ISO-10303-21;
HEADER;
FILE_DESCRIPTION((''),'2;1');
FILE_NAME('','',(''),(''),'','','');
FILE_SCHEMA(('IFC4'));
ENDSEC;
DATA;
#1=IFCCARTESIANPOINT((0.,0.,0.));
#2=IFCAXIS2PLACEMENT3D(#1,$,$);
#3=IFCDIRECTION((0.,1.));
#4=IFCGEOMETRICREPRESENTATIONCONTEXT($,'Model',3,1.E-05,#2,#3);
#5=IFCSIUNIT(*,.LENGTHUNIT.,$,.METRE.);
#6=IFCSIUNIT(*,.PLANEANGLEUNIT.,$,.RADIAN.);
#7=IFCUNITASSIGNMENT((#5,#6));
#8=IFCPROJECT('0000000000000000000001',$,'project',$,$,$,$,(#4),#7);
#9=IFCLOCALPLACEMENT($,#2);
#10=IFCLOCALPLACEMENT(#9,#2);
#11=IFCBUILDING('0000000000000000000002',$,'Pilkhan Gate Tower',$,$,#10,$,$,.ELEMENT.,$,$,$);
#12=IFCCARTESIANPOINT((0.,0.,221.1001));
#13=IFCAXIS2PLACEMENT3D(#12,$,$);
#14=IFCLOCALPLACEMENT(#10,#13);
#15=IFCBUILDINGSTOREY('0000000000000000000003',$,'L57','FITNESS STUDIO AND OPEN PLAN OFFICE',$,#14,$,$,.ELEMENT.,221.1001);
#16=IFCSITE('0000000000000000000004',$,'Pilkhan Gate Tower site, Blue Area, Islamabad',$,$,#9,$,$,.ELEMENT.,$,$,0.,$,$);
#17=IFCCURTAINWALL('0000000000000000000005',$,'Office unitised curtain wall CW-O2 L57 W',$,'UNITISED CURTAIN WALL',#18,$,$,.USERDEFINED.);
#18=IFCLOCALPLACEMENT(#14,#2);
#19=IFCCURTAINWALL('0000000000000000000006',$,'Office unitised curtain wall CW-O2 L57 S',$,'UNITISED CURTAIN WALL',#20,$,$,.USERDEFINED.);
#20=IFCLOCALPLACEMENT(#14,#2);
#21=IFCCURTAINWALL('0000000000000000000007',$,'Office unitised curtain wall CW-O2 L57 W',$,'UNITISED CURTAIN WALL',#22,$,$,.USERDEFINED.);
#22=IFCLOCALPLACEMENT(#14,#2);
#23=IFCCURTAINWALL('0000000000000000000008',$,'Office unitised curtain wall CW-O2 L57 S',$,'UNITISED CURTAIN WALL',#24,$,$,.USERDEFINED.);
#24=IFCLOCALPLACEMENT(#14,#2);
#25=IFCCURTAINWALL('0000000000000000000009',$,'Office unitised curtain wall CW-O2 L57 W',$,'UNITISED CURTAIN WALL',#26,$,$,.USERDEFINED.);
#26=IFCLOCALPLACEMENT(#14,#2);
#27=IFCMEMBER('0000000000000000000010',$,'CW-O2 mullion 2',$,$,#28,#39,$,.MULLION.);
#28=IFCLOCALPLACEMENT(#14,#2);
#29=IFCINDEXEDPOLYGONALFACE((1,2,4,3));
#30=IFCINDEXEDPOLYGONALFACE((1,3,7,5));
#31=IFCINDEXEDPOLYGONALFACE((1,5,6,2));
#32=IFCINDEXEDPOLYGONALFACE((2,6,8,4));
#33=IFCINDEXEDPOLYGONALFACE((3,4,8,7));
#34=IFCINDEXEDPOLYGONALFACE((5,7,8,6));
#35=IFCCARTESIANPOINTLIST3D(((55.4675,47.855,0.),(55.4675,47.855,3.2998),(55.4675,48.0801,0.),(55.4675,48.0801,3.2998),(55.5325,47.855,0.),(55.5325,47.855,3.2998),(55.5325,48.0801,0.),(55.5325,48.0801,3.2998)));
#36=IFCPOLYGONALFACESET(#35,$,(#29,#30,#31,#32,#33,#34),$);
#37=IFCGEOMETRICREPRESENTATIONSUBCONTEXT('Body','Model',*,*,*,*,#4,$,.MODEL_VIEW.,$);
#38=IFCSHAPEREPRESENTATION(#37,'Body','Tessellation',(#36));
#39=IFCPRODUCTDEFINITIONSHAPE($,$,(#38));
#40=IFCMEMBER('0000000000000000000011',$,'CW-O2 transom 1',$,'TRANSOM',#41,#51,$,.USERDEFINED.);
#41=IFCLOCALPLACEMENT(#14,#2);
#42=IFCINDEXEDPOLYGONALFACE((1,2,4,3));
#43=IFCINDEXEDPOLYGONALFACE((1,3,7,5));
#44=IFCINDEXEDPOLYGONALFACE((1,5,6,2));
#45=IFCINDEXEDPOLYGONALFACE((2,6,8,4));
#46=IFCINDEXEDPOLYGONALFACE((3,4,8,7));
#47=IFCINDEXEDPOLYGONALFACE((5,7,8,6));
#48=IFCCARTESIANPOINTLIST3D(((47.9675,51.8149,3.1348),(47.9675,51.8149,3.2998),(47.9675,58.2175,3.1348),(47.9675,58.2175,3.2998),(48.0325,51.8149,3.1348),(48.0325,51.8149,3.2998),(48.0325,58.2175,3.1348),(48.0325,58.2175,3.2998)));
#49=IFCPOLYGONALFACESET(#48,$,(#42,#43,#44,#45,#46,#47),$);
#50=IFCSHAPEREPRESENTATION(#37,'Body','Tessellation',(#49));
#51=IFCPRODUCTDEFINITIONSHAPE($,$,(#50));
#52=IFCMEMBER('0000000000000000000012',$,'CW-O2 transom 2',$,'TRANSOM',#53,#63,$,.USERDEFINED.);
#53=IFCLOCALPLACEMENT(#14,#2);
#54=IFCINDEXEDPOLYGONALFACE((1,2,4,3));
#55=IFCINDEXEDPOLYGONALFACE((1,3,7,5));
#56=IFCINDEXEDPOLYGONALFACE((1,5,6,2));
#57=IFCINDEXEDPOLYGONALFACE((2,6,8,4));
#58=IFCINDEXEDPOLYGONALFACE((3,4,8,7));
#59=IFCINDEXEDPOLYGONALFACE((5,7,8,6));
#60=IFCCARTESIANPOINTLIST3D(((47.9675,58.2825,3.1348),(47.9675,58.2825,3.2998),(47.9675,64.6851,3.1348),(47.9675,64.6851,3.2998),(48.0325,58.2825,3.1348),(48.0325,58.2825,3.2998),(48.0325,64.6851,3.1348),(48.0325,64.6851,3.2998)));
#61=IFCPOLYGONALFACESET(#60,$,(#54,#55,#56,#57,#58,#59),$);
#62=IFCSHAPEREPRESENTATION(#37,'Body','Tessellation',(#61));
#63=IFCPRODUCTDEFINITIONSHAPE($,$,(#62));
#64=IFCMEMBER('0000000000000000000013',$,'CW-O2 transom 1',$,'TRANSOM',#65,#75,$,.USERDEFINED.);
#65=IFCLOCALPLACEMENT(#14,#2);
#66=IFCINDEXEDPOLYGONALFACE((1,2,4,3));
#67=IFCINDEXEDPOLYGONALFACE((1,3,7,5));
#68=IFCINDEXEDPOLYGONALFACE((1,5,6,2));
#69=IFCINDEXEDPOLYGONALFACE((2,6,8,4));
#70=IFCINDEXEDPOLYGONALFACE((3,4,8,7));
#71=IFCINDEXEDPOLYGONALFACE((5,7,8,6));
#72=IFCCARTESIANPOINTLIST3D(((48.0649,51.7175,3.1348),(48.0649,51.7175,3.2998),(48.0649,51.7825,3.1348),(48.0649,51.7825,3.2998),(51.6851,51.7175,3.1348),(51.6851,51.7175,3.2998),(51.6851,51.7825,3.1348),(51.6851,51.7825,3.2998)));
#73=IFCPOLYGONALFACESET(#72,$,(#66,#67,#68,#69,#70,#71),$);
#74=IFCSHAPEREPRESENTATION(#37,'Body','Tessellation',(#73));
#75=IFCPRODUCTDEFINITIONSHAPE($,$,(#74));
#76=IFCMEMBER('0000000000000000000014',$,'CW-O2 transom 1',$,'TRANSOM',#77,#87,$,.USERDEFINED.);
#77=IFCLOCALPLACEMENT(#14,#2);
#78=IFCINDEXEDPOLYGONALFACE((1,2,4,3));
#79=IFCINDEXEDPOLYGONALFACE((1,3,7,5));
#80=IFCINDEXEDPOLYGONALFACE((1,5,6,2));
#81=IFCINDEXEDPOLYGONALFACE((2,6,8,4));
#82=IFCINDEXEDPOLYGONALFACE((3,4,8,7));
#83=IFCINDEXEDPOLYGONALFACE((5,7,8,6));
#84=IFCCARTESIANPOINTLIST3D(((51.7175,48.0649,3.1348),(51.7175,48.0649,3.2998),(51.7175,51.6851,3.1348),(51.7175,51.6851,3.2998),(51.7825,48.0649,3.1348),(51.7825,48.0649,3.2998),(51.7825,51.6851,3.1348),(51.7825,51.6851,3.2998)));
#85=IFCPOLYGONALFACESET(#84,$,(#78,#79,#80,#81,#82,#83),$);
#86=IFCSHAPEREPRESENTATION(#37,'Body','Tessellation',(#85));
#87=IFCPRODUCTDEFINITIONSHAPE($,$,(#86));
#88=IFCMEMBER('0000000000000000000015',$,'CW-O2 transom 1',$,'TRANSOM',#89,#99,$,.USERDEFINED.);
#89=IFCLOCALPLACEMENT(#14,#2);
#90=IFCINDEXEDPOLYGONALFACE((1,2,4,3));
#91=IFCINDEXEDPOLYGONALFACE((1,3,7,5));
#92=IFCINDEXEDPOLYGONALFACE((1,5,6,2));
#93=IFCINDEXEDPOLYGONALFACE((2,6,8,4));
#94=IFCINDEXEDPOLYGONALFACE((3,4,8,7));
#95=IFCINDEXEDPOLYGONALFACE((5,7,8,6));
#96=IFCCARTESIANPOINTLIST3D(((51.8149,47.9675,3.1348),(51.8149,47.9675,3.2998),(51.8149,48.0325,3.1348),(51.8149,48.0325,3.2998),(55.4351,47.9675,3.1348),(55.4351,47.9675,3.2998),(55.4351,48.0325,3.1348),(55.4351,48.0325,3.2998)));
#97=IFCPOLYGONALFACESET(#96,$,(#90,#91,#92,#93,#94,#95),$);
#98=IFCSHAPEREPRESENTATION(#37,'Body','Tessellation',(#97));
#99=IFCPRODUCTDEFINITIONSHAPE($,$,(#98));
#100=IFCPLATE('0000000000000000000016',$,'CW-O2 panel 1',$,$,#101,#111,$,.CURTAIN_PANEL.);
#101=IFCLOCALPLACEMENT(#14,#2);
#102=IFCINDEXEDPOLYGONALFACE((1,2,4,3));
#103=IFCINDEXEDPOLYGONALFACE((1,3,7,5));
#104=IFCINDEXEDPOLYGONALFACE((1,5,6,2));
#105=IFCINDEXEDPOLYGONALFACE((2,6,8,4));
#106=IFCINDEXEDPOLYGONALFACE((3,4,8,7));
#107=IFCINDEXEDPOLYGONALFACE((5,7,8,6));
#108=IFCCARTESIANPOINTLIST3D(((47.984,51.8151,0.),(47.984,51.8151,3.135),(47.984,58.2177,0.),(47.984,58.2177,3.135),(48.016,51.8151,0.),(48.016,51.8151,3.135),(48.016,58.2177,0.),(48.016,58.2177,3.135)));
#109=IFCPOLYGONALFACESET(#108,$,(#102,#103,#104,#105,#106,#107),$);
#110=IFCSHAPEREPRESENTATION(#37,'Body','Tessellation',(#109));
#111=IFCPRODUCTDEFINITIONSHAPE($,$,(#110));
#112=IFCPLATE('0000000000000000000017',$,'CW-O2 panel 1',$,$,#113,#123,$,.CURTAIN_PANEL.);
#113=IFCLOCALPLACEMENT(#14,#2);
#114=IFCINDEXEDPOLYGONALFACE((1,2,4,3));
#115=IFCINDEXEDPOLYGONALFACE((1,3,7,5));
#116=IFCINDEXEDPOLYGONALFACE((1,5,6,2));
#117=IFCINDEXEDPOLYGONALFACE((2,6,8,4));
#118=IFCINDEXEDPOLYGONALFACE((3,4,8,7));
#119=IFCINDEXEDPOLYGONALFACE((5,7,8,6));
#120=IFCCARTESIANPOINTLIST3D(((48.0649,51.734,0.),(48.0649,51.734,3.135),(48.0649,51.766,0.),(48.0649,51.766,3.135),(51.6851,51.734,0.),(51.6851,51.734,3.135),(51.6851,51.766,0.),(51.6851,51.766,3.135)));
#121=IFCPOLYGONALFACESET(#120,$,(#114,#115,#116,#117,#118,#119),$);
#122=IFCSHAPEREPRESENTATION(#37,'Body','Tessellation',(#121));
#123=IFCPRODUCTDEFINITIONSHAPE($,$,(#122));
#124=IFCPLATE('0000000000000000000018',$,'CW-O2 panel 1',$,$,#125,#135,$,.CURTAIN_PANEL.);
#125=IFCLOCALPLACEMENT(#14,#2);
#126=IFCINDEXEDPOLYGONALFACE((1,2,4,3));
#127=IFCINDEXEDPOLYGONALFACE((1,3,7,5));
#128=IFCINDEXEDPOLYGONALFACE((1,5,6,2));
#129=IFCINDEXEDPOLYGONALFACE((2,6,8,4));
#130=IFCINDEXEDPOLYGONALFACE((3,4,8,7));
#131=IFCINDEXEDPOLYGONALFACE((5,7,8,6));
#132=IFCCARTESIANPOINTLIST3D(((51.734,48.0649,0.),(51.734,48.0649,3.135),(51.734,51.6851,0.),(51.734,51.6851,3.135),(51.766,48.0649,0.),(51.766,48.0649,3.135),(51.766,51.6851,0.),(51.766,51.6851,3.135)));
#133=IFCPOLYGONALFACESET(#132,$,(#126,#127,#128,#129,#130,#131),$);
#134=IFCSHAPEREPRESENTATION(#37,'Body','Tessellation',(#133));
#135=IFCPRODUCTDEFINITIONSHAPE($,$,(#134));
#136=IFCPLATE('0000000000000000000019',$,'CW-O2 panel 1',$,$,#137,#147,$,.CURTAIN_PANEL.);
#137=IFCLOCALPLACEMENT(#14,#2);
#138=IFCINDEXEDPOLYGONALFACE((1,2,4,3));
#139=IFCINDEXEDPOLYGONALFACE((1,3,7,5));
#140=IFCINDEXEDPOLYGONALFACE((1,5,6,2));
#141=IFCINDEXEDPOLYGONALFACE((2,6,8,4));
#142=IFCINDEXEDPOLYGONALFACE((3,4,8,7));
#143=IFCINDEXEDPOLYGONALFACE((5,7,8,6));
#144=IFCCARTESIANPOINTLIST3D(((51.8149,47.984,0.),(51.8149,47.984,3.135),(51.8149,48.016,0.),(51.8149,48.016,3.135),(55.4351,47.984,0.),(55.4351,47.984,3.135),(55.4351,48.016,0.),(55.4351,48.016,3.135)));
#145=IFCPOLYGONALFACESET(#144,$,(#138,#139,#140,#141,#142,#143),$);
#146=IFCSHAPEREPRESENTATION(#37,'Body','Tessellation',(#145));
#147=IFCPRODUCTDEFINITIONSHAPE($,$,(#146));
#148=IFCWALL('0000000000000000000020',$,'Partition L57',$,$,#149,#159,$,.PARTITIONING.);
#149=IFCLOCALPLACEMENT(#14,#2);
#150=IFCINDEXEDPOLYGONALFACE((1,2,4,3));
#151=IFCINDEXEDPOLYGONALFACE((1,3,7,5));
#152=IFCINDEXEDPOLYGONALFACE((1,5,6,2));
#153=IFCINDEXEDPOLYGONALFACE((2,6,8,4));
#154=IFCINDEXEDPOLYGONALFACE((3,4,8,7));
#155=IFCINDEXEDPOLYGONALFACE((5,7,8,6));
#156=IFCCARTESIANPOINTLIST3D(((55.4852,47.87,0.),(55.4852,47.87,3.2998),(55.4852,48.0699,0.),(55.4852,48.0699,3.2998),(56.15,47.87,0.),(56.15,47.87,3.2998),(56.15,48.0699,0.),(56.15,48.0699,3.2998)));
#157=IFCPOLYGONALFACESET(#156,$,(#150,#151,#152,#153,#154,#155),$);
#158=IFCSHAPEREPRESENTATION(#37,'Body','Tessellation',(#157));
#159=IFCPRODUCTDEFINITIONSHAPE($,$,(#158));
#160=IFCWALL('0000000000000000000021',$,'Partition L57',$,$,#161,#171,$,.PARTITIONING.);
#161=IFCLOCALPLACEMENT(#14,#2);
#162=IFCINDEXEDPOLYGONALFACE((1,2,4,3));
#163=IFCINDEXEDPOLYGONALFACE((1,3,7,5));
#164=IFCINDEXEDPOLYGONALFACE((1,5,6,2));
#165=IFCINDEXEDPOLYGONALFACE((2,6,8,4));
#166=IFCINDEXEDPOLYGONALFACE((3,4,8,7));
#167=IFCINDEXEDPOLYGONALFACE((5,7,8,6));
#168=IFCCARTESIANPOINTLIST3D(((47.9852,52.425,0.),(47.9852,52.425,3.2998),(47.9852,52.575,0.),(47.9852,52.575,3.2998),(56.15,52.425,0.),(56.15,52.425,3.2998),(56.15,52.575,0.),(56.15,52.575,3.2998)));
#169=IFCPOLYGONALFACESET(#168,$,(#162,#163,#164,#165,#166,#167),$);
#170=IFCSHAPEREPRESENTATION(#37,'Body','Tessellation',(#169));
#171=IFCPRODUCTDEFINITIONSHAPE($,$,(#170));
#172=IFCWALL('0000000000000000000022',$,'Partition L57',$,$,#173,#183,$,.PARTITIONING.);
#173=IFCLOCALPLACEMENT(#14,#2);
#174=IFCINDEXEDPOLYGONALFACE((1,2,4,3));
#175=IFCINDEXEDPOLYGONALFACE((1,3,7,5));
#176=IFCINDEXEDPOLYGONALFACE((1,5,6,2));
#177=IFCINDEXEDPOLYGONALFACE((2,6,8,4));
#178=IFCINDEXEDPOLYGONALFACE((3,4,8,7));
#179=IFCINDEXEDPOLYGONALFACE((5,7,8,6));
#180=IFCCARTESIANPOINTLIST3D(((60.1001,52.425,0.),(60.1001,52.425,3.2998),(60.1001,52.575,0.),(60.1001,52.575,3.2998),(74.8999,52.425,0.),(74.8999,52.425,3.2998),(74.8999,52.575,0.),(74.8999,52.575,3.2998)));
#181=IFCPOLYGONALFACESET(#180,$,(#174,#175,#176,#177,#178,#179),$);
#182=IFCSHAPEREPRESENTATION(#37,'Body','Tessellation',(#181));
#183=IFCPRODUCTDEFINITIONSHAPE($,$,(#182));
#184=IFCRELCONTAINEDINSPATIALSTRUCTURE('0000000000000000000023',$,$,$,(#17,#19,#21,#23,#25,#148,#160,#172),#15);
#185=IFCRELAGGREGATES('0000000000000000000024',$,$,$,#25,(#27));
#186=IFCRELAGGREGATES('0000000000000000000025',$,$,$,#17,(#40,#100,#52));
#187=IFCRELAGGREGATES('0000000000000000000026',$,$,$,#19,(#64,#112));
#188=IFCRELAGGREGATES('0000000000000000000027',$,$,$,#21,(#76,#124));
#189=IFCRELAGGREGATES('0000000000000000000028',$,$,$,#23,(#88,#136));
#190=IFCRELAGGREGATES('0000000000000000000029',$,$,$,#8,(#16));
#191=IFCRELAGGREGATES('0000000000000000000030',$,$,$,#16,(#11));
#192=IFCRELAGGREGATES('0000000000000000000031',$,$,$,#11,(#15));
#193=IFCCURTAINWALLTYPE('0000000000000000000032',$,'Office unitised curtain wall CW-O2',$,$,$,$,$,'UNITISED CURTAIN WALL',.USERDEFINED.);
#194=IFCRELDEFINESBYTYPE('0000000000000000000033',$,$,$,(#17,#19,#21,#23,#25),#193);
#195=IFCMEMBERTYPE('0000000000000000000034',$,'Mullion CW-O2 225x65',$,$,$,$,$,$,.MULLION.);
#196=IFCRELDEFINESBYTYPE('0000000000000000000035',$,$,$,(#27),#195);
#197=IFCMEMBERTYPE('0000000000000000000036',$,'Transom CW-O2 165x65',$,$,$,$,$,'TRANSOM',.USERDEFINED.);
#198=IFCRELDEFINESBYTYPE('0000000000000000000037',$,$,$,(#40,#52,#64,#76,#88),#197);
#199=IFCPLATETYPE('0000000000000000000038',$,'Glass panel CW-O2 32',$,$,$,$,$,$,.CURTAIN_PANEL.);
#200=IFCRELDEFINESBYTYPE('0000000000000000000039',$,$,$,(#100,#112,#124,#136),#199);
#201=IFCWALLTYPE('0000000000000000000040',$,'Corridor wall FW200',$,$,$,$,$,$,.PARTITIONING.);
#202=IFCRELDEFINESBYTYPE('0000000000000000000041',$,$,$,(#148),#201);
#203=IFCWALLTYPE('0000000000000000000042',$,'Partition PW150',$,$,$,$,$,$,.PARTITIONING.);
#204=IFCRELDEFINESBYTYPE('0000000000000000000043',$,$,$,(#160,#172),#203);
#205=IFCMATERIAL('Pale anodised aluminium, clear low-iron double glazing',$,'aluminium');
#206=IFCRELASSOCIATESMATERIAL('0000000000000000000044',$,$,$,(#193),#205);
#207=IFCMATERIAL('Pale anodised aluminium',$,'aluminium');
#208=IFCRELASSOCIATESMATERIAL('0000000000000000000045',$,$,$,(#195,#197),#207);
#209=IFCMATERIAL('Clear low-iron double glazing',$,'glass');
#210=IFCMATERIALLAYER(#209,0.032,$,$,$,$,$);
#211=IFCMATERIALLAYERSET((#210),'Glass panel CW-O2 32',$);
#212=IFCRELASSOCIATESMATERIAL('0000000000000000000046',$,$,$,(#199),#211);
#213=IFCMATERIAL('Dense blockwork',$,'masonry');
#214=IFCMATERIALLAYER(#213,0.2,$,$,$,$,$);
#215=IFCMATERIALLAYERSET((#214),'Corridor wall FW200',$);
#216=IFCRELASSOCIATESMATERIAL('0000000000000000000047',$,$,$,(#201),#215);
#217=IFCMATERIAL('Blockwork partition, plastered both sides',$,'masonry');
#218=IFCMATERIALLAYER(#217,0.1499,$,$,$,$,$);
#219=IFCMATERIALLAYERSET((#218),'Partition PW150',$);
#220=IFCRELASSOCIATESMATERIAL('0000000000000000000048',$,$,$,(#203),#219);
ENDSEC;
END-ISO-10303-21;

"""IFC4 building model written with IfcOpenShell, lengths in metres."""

from ifc_helpers import new_model, si_unit, direction, frame, frame_2d, origin, origin_2d, place, context, subcontext, project, spatial, rectangle, extrude, material, layer, layer_set, material_profile, profile_set, type_object, element, aggregate, save


model = new_model("IFC4")

# Units and contexts
model_context = context("Model", 3, precision=1e-05, world=origin(), true_north=direction((0.0, 1.0)))
body_context = subcontext(model_context, "Body", "Model", "MODEL_VIEW")
ifc_project = project(units=[si_unit("LENGTHUNIT", "METRE"), si_unit("PLANEANGLEUNIT", "RADIAN")], contexts=[model_context])

# Site, building, storey
site_placement = place(None, origin())
site = spatial("IfcSite", under=ifc_project, at=site_placement, Name="Pilkhan Gate Tower site, Blue Area, Islamabad", CompositionType="ELEMENT", RefElevation=0.0)
building_placement = place(site_placement, origin())
building = spatial("IfcBuilding", under=site, at=building_placement, Name="Pilkhan Gate Tower", CompositionType="ELEMENT")
storey_placement = place(building_placement, frame((0.0, 0.0, 221.1001)))
storey = spatial("IfcBuildingStorey", under=building, at=storey_placement, Name="L57", Description="FITNESS STUDIO AND OPEN PLAN OFFICE", CompositionType="ELEMENT", Elevation=221.1001)

# Curtain walls
ifc_material_1 = material(Name="Pale anodised aluminium, clear low-iron double glazing", Category="aluminium")
curtain_wall_type = type_object("IfcCurtainWallType", Name="Office unitised curtain wall CW-O2", ElementType="UNITISED CURTAIN WALL", PredefinedType="USERDEFINED", material=ifc_material_1)
curtain_wall_1_placement = place(storey_placement, origin())
curtain_wall_1 = element("IfcCurtainWall", 1, at=curtain_wall_1_placement, inside=storey, type_object=curtain_wall_type, Name="Office unitised curtain wall CW-O2 L57 W", ObjectType="UNITISED CURTAIN WALL", PredefinedType="USERDEFINED")
ifc_material_2 = material(Name="Pale anodised aluminium", Category="aluminium")
ifc_material_profile_1 = material_profile(ifc_material_2, rectangle(XDim=0.0649, YDim=0.2251, at=origin_2d()), Name="Mullion 225x65")
ifc_profile_set_1 = profile_set([ifc_material_profile_1], Name="Pale anodised aluminium")
member_type_1 = type_object("IfcMemberType", Name="Mullion CW-O2 225x65", PredefinedType="MULLION", material=ifc_profile_set_1)
curtain_wall_2_placement = place(storey_placement, origin())
curtain_wall_2 = element("IfcCurtainWall", 2, at=curtain_wall_2_placement, inside=storey, type_object=curtain_wall_type, Name="Office unitised curtain wall CW-O2 L57 S", ObjectType="UNITISED CURTAIN WALL", PredefinedType="USERDEFINED")
curtain_wall_3_placement = place(storey_placement, origin())
curtain_wall_3 = element("IfcCurtainWall", 3, at=curtain_wall_3_placement, inside=storey, type_object=curtain_wall_type, Name="Office unitised curtain wall CW-O2 L57 W", ObjectType="UNITISED CURTAIN WALL", PredefinedType="USERDEFINED")
curtain_wall_4_placement = place(storey_placement, origin())
curtain_wall_4 = element("IfcCurtainWall", 4, at=curtain_wall_4_placement, inside=storey, type_object=curtain_wall_type, Name="Office unitised curtain wall CW-O2 L57 S", ObjectType="UNITISED CURTAIN WALL", PredefinedType="USERDEFINED")

# Curtain wall, member
curtain_wall_5_placement = place(storey_placement, origin())
curtain_wall_5 = element("IfcCurtainWall", 5, at=curtain_wall_5_placement, inside=storey, type_object=curtain_wall_type, Name="Office unitised curtain wall CW-O2 L57 W", ObjectType="UNITISED CURTAIN WALL", PredefinedType="USERDEFINED")
member_1_placement = place(storey_placement, frame((55.5, 47.9675, 0.0), z_axis=(0.0, 0.0, 1.0), x_axis=(-1.0, 0.0, 0.0)))
member_1 = element("IfcMember", 6, at=member_1_placement, type_object=member_type_1, Name="CW-O2 mullion 2", PredefinedType="MULLION", context=body_context, shape_type="SweptSolid", body=[
    extrude(rectangle(XDim=0.0649, YDim=0.2251, at=origin_2d()), origin(), (0.0, 0.0, 1.0), 3.2998),
])
aggregate(curtain_wall_5, [member_1])

# Members
ifc_material_profile_2 = material_profile(ifc_material_2, rectangle(XDim=0.0649, YDim=0.165, at=origin_2d()), Name="Transom 165x65")
ifc_profile_set_2 = profile_set([ifc_material_profile_2], Name="Pale anodised aluminium")
member_type_2 = type_object("IfcMemberType", Name="Transom CW-O2 165x65", ElementType="TRANSOM", PredefinedType="USERDEFINED", material=ifc_profile_set_2)
member_2_placement = place(storey_placement, frame((48.0, 51.8149, 3.2173), z_axis=(0.0, 1.0, 0.0), x_axis=(-1.0, 0.0, 0.0)))
member_2 = element("IfcMember", 7, at=member_2_placement, type_object=member_type_2, Name="CW-O2 transom 1", ObjectType="TRANSOM", PredefinedType="USERDEFINED", context=body_context, shape_type="SweptSolid", body=[
    extrude(rectangle(XDim=0.0649, YDim=0.165, at=origin_2d()), origin(), (0.0, 0.0, 1.0), 6.4026),
])
member_3_placement = place(storey_placement, frame((48.0, 58.2825, 3.2173), z_axis=(0.0, 1.0, 0.0), x_axis=(-1.0, 0.0, 0.0)))
member_3 = element("IfcMember", 8, at=member_3_placement, type_object=member_type_2, Name="CW-O2 transom 2", ObjectType="TRANSOM", PredefinedType="USERDEFINED", context=body_context, shape_type="SweptSolid", body=[
    extrude(rectangle(XDim=0.0649, YDim=0.165, at=origin_2d()), origin(), (0.0, 0.0, 1.0), 6.4026),
])
member_4_placement = place(storey_placement, frame((48.0649, 51.75, 3.2173), z_axis=(1.0, 0.0, 0.0), x_axis=(0.0, 1.0, 0.0)))
member_4 = element("IfcMember", 9, at=member_4_placement, type_object=member_type_2, Name="CW-O2 transom 1", ObjectType="TRANSOM", PredefinedType="USERDEFINED", context=body_context, shape_type="SweptSolid", body=[
    extrude(rectangle(XDim=0.0649, YDim=0.165, at=origin_2d()), origin(), (0.0, 0.0, 1.0), 3.6201),
])
member_5_placement = place(storey_placement, frame((51.75, 48.0649, 3.2173), z_axis=(0.0, 1.0, 0.0), x_axis=(-1.0, 0.0, 0.0)))
member_5 = element("IfcMember", 10, at=member_5_placement, type_object=member_type_2, Name="CW-O2 transom 1", ObjectType="TRANSOM", PredefinedType="USERDEFINED", context=body_context, shape_type="SweptSolid", body=[
    extrude(rectangle(XDim=0.0649, YDim=0.165, at=origin_2d()), origin(), (0.0, 0.0, 1.0), 3.6201),
])
member_6_placement = place(storey_placement, frame((51.8149, 48.0, 3.2173), z_axis=(1.0, 0.0, 0.0), x_axis=(0.0, 1.0, 0.0)))
member_6 = element("IfcMember", 11, at=member_6_placement, type_object=member_type_2, Name="CW-O2 transom 1", ObjectType="TRANSOM", PredefinedType="USERDEFINED", context=body_context, shape_type="SweptSolid", body=[
    extrude(rectangle(XDim=0.0649, YDim=0.165, at=origin_2d()), origin(), (0.0, 0.0, 1.0), 3.6201),
])

# Plates
ifc_material_3 = material(Name="Clear low-iron double glazing", Category="glass")
ifc_layer_1 = layer(ifc_material_3, 0.032)
ifc_layer_set_1 = layer_set([ifc_layer_1], Name="Glass panel CW-O2 32")
plate_type = type_object("IfcPlateType", Name="Glass panel CW-O2 32", PredefinedType="CURTAIN_PANEL", material=ifc_layer_set_1)
plate_1_placement = place(storey_placement, frame((48.0, 55.0164, 0.0), z_axis=(0.0, 0.0, 1.0), x_axis=(0.0, 1.0, 0.0)))
plate_1 = element("IfcPlate", 12, at=plate_1_placement, type_object=plate_type, Name="CW-O2 panel 1", PredefinedType="CURTAIN_PANEL", context=body_context, shape_type="SweptSolid", body=[
    extrude(rectangle(XDim=6.4026, YDim=0.032, at=origin_2d()), origin(), (0.0, 0.0, 1.0), 3.135),
])
aggregate(curtain_wall_1, [member_2, plate_1, member_3])
plate_2_placement = place(storey_placement, frame((49.875, 51.75, 0.0), z_axis=(0.0, 0.0, 1.0), x_axis=(1.0, 0.0, 0.0)))
plate_2 = element("IfcPlate", 13, at=plate_2_placement, type_object=plate_type, Name="CW-O2 panel 1", PredefinedType="CURTAIN_PANEL", context=body_context, shape_type="SweptSolid", body=[
    extrude(rectangle(XDim=3.6201, YDim=0.032, at=origin_2d()), origin(), (0.0, 0.0, 1.0), 3.135),
])
aggregate(curtain_wall_2, [member_4, plate_2])
plate_3_placement = place(storey_placement, frame((51.75, 49.875, 0.0), z_axis=(0.0, 0.0, 1.0), x_axis=(0.0, 1.0, 0.0)))
plate_3 = element("IfcPlate", 14, at=plate_3_placement, type_object=plate_type, Name="CW-O2 panel 1", PredefinedType="CURTAIN_PANEL", context=body_context, shape_type="SweptSolid", body=[
    extrude(rectangle(XDim=3.6201, YDim=0.032, at=origin_2d()), origin(), (0.0, 0.0, 1.0), 3.135),
])
aggregate(curtain_wall_3, [member_5, plate_3])
plate_4_placement = place(storey_placement, frame((53.625, 48.0, 0.0), z_axis=(0.0, 0.0, 1.0), x_axis=(1.0, 0.0, 0.0)))
plate_4 = element("IfcPlate", 15, at=plate_4_placement, type_object=plate_type, Name="CW-O2 panel 1", PredefinedType="CURTAIN_PANEL", context=body_context, shape_type="SweptSolid", body=[
    extrude(rectangle(XDim=3.6201, YDim=0.032, at=origin_2d()), origin(), (0.0, 0.0, 1.0), 3.135),
])
aggregate(curtain_wall_4, [member_6, plate_4])

# Walls
ifc_material_4 = material(Name="Dense blockwork", Category="masonry")
ifc_layer_2 = layer(ifc_material_4, 0.2)
ifc_layer_set_2 = layer_set([ifc_layer_2], Name="Corridor wall FW200")
wall_type_1 = type_object("IfcWallType", Name="Corridor wall FW200", PredefinedType="PARTITIONING", material=ifc_layer_set_2)
wall_1_placement = place(storey_placement, frame((55.4851, 47.97, 0.0), z_axis=(0.0, 0.0, 1.0), x_axis=(1.0, 0.0, 0.0)))
element("IfcWall", 16, at=wall_1_placement, inside=storey, type_object=wall_type_1, Name="Partition L57", PredefinedType="PARTITIONING", context=body_context, shape_type="SweptSolid", body=[
    extrude(rectangle(XDim=0.6648, YDim=0.2, at=frame_2d((0.3325, 0.0))), origin(), (0.0, 0.0, 1.0), 3.2998),
])
ifc_material_5 = material(Name="Blockwork partition, plastered both sides", Category="masonry")
ifc_layer_3 = layer(ifc_material_5, 0.1499)
ifc_layer_set_3 = layer_set([ifc_layer_3], Name="Partition PW150")
wall_type_2 = type_object("IfcWallType", Name="Partition PW150", PredefinedType="PARTITIONING", material=ifc_layer_set_3)
wall_2_placement = place(storey_placement, frame((47.9851, 52.5, 0.0), z_axis=(0.0, 0.0, 1.0), x_axis=(1.0, 0.0, 0.0)))
element("IfcWall", 17, at=wall_2_placement, inside=storey, type_object=wall_type_2, Name="Partition L57", PredefinedType="PARTITIONING", context=body_context, shape_type="SweptSolid", body=[
    extrude(rectangle(XDim=8.1648, YDim=0.1499, at=frame_2d((4.0825, 0.0))), origin(), (0.0, 0.0, 1.0), 3.2998),
])
wall_3_placement = place(storey_placement, frame((60.1001, 52.5, 0.0), z_axis=(0.0, 0.0, 1.0), x_axis=(1.0, 0.0, 0.0)))
element("IfcWall", 18, at=wall_3_placement, inside=storey, type_object=wall_type_2, Name="Partition L57", PredefinedType="PARTITIONING", context=body_context, shape_type="SweptSolid", body=[
    extrude(rectangle(XDim=14.7998, YDim=0.1499, at=frame_2d((7.3999, 0.0))), origin(), (0.0, 0.0, 1.0), 3.2998),
])

save(model, "model.ifc")
